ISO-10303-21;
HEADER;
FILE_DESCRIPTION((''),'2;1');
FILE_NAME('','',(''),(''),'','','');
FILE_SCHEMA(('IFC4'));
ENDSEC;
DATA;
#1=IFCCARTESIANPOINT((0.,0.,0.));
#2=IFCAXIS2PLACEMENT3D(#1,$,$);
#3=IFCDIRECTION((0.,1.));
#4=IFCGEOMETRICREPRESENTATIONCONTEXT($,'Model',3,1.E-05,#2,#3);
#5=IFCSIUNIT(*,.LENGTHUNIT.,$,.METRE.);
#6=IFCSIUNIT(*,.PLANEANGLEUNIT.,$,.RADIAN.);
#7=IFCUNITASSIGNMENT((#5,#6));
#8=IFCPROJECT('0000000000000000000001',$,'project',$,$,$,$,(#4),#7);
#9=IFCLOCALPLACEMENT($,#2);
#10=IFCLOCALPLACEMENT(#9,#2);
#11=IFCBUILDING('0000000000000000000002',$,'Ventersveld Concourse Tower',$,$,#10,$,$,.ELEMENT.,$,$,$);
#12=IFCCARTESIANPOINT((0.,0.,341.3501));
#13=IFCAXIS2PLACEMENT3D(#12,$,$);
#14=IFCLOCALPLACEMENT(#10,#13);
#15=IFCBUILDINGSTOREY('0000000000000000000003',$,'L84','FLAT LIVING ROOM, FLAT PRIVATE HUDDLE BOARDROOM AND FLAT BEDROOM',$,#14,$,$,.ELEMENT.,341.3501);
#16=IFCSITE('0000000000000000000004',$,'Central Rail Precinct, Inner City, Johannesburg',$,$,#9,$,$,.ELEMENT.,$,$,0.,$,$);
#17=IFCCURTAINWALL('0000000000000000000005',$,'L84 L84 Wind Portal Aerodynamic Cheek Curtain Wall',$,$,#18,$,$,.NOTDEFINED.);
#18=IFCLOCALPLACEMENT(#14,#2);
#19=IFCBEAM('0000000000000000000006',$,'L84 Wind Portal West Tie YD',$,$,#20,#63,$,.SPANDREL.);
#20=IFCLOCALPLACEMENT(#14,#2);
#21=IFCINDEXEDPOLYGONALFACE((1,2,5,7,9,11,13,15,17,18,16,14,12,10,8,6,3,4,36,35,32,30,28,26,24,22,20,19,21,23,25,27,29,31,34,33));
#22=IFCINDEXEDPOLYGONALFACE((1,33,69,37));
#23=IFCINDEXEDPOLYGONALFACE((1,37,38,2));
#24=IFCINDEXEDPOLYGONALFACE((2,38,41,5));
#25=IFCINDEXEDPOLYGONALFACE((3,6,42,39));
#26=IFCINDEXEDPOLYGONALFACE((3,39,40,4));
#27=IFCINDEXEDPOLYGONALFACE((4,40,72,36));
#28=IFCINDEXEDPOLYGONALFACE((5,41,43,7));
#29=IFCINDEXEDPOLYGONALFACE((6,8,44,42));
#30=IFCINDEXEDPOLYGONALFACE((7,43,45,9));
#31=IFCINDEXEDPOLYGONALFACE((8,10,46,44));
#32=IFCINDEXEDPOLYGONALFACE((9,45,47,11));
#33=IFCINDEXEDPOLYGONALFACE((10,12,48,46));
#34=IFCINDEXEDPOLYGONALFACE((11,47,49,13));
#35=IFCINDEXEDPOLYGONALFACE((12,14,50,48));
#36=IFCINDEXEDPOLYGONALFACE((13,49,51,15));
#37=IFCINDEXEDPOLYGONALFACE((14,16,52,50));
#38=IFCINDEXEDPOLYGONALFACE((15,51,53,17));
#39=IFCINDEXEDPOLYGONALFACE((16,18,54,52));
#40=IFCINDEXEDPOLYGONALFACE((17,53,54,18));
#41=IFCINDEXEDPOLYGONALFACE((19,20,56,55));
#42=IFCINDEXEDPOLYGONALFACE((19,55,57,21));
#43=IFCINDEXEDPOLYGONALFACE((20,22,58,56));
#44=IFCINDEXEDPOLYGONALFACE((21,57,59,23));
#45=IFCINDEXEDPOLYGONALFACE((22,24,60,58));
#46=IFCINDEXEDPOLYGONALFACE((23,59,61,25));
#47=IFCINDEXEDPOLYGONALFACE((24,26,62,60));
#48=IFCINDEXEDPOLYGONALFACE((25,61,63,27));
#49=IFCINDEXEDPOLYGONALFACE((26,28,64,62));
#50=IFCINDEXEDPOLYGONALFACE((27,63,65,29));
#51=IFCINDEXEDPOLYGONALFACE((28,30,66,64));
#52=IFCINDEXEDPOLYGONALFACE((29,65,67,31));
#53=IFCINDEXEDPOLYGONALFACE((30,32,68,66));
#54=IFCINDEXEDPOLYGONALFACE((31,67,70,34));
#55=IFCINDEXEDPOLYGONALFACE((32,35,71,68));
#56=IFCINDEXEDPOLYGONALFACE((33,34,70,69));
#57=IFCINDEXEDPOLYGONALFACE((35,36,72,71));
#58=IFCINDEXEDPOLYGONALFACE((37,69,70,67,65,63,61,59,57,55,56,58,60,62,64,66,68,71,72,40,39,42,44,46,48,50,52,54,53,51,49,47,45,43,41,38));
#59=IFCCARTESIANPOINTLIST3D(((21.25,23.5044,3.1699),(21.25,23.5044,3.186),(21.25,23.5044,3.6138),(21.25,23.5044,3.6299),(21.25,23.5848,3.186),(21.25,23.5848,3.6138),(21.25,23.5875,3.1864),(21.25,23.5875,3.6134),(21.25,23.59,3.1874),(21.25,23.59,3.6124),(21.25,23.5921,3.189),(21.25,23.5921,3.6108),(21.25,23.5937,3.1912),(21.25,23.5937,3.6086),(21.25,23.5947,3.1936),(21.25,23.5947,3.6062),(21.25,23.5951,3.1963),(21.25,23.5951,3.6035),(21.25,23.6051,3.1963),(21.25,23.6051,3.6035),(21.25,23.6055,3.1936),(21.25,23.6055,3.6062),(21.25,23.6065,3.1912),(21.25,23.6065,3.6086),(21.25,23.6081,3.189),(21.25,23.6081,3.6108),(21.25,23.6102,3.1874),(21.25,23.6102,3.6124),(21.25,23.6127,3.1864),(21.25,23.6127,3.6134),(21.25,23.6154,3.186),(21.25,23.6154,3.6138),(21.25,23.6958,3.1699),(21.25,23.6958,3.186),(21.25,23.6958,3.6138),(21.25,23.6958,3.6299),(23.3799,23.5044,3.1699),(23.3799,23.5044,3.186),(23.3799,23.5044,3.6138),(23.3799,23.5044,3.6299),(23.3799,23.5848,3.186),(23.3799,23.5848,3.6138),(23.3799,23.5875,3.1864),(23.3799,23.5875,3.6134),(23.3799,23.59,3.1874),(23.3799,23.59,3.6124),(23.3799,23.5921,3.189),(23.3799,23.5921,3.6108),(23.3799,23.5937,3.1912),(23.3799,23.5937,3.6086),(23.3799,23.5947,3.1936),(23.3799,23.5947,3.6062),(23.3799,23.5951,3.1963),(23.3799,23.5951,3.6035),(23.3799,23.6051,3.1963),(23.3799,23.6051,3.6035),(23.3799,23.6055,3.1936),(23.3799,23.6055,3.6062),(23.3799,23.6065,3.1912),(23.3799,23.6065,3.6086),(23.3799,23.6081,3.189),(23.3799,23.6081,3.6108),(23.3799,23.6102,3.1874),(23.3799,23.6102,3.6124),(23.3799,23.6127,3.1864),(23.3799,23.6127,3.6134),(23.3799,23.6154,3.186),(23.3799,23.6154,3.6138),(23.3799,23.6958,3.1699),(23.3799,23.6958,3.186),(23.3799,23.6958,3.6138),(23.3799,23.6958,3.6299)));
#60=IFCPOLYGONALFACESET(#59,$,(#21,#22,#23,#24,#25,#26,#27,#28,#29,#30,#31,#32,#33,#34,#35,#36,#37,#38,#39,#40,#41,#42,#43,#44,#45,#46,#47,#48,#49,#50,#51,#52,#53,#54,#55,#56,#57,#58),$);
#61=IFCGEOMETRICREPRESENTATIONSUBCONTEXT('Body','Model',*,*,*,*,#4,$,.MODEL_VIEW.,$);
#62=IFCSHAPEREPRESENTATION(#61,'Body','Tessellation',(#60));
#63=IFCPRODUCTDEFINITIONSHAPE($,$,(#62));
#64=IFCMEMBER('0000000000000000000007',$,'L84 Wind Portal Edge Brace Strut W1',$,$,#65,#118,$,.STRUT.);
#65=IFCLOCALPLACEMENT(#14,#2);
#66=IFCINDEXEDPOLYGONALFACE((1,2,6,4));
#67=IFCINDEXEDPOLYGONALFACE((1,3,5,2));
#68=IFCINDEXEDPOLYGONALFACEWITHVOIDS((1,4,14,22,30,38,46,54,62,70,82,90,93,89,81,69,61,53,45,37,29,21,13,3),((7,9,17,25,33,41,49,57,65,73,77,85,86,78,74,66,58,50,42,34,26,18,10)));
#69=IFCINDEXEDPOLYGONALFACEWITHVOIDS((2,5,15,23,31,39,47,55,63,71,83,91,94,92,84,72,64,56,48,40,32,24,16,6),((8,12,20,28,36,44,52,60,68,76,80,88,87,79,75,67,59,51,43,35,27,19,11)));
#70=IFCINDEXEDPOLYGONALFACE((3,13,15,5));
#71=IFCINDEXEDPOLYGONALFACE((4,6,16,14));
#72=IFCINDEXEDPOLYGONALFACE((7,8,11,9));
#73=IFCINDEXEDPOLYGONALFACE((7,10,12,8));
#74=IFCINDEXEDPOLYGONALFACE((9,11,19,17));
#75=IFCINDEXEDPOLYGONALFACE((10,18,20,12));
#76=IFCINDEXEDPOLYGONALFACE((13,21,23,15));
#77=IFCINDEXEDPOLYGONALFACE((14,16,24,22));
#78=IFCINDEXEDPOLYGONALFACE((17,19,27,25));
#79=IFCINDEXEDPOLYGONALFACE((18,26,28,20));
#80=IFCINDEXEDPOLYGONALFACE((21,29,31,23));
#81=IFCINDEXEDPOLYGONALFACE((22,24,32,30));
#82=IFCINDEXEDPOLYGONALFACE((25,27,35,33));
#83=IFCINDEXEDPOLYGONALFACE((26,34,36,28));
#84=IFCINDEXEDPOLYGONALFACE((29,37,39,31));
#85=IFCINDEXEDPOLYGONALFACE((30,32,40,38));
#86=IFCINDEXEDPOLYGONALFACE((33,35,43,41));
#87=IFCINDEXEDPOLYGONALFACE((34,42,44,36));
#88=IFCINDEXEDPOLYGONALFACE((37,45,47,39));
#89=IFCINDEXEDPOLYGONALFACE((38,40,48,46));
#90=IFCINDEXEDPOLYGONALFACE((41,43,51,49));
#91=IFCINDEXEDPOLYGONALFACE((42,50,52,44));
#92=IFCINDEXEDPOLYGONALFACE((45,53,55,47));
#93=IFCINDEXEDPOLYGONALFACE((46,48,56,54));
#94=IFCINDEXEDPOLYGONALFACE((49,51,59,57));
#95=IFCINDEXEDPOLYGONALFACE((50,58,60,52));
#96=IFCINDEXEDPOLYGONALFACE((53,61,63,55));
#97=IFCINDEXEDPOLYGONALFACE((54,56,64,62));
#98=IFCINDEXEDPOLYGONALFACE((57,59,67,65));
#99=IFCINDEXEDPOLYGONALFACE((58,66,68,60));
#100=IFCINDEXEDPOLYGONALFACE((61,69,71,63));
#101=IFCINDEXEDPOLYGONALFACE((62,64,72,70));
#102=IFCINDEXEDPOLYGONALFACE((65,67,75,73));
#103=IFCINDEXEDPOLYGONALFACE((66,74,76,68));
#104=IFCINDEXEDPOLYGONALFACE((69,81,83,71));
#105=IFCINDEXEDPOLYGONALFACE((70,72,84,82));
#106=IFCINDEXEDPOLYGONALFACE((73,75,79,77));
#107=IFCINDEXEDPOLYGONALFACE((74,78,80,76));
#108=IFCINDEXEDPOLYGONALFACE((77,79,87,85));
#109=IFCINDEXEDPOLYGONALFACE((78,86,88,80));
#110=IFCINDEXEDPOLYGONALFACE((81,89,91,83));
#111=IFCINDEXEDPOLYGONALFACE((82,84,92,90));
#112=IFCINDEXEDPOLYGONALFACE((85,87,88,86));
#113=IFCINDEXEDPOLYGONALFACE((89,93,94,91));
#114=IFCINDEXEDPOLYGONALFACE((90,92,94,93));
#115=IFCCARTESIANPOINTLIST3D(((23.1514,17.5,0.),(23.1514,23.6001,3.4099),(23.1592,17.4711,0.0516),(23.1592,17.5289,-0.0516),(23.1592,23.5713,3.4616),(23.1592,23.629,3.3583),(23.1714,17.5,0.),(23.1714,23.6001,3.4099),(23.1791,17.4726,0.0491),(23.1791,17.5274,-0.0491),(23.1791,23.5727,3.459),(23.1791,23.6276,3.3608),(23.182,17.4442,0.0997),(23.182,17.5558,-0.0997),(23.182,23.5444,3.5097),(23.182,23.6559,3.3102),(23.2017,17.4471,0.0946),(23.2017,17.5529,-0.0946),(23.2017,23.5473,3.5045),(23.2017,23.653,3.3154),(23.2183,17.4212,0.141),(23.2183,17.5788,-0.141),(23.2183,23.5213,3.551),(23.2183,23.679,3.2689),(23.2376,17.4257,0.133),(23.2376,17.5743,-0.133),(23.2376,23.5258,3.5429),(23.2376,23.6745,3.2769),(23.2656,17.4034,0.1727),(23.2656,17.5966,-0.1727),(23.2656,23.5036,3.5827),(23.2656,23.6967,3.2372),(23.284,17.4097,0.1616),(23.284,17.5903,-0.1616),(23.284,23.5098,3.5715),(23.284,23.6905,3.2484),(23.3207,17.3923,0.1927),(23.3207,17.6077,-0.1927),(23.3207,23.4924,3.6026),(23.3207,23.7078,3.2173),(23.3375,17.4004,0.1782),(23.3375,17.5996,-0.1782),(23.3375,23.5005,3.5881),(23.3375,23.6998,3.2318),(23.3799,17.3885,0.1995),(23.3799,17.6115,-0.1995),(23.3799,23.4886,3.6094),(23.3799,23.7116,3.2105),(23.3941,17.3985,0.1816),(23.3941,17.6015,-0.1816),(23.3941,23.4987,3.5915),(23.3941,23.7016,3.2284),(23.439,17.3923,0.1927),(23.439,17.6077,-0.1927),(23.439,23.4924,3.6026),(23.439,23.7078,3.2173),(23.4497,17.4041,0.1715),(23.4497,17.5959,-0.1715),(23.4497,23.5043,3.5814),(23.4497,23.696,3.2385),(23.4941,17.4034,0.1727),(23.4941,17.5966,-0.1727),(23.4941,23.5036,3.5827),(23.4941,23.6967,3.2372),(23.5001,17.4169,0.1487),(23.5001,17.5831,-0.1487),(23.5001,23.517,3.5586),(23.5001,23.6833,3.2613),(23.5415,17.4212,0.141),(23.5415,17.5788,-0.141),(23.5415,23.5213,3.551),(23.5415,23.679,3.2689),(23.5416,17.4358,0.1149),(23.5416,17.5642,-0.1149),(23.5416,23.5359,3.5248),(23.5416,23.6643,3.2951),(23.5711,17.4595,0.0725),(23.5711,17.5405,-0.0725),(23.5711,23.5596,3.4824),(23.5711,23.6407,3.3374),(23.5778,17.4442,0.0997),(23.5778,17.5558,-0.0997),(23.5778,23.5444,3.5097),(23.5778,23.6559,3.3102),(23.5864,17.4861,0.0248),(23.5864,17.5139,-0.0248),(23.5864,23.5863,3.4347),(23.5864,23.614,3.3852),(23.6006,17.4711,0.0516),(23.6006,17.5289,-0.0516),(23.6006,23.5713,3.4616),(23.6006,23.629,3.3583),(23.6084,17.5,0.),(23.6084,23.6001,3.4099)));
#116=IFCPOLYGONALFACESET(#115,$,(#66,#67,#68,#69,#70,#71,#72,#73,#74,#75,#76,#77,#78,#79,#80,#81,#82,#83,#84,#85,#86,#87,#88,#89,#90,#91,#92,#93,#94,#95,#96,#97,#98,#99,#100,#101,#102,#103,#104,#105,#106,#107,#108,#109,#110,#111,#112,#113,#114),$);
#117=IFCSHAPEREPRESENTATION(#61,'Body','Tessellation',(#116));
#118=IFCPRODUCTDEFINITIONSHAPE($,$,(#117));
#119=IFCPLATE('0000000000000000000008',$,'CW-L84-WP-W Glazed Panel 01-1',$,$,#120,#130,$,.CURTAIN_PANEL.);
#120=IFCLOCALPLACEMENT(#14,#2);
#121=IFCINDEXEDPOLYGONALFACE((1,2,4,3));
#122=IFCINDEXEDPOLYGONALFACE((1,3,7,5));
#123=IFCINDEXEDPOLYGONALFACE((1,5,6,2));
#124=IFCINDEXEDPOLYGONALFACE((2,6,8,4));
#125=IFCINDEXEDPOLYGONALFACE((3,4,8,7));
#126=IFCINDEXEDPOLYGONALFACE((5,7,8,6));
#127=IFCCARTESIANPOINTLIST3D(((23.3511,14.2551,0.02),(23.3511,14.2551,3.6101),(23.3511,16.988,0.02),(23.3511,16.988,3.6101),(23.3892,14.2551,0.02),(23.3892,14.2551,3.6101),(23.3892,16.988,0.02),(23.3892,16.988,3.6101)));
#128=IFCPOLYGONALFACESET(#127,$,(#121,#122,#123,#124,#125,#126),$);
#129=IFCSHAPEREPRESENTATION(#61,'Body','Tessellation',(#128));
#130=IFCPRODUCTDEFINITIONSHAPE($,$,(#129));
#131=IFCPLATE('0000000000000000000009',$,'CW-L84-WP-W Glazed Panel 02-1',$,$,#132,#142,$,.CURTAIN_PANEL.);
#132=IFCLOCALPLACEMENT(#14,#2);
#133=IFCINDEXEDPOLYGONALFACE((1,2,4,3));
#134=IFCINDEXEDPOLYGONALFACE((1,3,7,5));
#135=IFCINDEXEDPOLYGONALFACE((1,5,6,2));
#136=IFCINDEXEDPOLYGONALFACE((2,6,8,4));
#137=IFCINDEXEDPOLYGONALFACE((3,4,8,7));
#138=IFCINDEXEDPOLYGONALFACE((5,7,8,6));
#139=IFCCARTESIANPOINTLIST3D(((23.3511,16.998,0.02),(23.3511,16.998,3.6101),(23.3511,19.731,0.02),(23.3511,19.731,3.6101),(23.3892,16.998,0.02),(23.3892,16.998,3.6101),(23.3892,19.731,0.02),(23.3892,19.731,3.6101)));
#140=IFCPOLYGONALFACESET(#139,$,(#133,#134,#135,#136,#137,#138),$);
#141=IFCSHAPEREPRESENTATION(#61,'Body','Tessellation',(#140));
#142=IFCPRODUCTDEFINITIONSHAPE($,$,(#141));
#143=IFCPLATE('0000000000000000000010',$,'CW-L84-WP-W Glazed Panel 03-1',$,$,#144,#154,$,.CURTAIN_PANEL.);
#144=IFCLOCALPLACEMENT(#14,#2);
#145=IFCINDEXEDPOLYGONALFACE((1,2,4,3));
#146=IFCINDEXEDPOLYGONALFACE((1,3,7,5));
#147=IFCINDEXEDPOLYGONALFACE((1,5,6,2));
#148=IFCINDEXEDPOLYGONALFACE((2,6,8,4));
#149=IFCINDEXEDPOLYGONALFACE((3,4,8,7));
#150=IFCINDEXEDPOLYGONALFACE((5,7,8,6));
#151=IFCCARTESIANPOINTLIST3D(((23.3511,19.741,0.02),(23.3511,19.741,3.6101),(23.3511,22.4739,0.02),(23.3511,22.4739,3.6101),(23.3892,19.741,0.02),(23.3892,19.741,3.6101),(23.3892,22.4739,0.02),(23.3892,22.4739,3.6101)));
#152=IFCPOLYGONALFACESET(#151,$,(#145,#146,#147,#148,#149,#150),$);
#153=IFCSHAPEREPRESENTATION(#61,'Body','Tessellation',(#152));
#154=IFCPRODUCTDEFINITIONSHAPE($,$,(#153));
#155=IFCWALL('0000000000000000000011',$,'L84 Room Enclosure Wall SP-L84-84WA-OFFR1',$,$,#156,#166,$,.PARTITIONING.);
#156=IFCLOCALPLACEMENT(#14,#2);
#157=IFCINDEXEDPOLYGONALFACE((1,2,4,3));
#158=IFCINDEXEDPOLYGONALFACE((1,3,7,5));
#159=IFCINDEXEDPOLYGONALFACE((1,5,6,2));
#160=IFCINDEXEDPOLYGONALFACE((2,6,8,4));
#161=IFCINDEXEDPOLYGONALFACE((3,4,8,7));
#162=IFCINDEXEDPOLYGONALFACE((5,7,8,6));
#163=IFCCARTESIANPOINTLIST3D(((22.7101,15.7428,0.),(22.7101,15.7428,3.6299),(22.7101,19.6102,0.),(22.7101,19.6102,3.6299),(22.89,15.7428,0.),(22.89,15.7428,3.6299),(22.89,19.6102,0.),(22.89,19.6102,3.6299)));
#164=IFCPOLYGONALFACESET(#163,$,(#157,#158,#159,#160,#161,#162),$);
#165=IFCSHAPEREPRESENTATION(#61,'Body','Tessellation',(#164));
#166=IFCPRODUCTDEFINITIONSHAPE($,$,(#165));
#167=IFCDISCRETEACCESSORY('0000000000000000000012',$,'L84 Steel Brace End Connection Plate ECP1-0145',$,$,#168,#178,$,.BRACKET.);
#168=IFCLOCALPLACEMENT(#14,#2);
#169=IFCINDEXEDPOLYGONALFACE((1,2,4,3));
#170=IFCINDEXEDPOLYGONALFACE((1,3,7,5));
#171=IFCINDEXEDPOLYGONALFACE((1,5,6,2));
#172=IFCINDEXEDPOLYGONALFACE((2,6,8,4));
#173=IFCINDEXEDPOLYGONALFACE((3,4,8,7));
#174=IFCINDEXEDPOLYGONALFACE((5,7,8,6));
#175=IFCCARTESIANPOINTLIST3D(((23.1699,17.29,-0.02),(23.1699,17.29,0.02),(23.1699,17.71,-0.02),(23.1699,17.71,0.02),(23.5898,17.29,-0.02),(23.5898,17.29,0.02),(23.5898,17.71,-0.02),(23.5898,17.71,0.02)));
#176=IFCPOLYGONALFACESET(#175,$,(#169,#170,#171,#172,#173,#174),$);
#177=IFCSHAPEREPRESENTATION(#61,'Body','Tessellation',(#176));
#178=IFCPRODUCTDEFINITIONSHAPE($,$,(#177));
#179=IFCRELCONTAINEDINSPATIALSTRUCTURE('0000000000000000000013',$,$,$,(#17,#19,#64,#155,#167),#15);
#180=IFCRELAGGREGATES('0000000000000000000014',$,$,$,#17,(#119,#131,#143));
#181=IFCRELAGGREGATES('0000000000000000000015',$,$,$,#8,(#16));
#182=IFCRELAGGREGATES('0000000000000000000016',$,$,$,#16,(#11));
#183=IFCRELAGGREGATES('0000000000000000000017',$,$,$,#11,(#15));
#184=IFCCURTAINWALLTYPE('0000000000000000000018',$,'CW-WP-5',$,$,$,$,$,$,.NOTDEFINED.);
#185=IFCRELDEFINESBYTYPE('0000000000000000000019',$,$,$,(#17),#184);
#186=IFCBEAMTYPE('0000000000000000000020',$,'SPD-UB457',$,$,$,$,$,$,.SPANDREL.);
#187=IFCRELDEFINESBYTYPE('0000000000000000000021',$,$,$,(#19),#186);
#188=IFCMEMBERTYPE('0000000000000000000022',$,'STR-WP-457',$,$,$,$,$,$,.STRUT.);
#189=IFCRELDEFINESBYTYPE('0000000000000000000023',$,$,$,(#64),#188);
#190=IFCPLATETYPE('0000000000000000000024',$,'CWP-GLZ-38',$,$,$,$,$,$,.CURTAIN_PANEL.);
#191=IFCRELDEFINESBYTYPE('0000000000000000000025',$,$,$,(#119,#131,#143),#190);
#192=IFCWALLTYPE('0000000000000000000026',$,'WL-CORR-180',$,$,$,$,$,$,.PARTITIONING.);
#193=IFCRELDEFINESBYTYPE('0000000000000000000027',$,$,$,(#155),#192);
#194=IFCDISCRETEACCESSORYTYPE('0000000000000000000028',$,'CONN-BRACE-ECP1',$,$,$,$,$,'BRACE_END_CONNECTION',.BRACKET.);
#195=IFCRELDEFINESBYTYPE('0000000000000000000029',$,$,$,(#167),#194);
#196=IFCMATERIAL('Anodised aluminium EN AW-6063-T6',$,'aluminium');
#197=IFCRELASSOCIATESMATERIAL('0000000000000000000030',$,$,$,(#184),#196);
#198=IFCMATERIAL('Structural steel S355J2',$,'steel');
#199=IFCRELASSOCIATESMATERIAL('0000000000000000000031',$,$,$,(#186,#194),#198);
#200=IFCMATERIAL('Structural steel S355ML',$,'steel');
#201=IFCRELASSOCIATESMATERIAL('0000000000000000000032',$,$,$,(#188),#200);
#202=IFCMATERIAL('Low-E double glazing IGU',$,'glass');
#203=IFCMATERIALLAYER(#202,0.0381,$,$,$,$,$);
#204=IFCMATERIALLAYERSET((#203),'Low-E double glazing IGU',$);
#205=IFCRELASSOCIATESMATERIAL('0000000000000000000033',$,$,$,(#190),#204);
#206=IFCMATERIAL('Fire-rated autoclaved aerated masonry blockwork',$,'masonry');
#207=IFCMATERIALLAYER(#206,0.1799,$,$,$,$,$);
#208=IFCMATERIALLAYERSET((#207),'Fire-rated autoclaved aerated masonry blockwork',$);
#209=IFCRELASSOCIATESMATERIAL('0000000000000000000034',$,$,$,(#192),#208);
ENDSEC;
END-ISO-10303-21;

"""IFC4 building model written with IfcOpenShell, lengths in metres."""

from ifc_helpers import new_model, si_unit, direction, frame, frame_2d, origin, origin_2d, place, context, subcontext, project, spatial, rectangle, hollow_circle, i_section, extrude, material, layer, layer_set, material_profile, profile_set, type_object, element, aggregate, save


model = new_model("IFC4")

# Units and contexts
model_context = context("Model", 3, precision=1e-05, world=origin(), true_north=direction((0.0, 1.0)))
body_context = subcontext(model_context, "Body", "Model", "MODEL_VIEW")
ifc_project = project(units=[si_unit("LENGTHUNIT", "METRE"), si_unit("PLANEANGLEUNIT", "RADIAN")], contexts=[model_context])

# Site, building, storey
site_placement = place(None, origin())
site = spatial("IfcSite", under=ifc_project, at=site_placement, Name="Central Rail Precinct, Inner City, Johannesburg", CompositionType="ELEMENT", RefElevation=0.0)
building_placement = place(site_placement, origin())
building = spatial("IfcBuilding", under=site, at=building_placement, Name="Ventersveld Concourse Tower", CompositionType="ELEMENT")
storey_placement = place(building_placement, frame((0.0, 0.0, 341.3501)))
storey = spatial("IfcBuildingStorey", under=building, at=storey_placement, Name="L84", Description="FLAT LIVING ROOM, FLAT PRIVATE HUDDLE BOARDROOM AND FLAT BEDROOM", CompositionType="ELEMENT", Elevation=341.3501)

# Curtain wall
ifc_material_1 = material(Name="Anodised aluminium EN AW-6063-T6", Category="aluminium")
curtain_wall_type = type_object("IfcCurtainWallType", Name="CW-WP-5", PredefinedType="NOTDEFINED", material=ifc_material_1)
curtain_wall_placement = place(storey_placement, origin())
curtain_wall = element("IfcCurtainWall", 1, at=curtain_wall_placement, inside=storey, type_object=curtain_wall_type, Name="L84 L84 Wind Portal Aerodynamic Cheek Curtain Wall", PredefinedType="NOTDEFINED")

# Beam
ifc_material_2 = material(Name="Structural steel S355J2", Category="steel")
ifc_material_profile_1 = material_profile(ifc_material_2, i_section(OverallWidth=0.1914, OverallDepth=0.46, WebThickness=0.01, FlangeThickness=0.0161, FilletRadius=0.0103, at=origin_2d()), Name="UB 457x191x82")
ifc_profile_set_1 = profile_set([ifc_material_profile_1], Name="Structural steel S355J2")
beam_type = type_object("IfcBeamType", Name="SPD-UB457", PredefinedType="SPANDREL", material=ifc_profile_set_1)
beam_placement = place(storey_placement, frame((21.25, 23.6001, 3.3999), z_axis=(1.0, 0.0, 0.0), x_axis=(0.0, 1.0, 0.0)))
element("IfcBeam", 2, at=beam_placement, inside=storey, type_object=beam_type, Name="L84 Wind Portal West Tie YD", PredefinedType="SPANDREL", context=body_context, shape_type="SweptSolid", body=[
    extrude(i_section(OverallWidth=0.1914, OverallDepth=0.46, WebThickness=0.01, FlangeThickness=0.0161, FilletRadius=0.0103, at=origin_2d()), origin(), (0.0, 0.0, 1.0), 2.1299),
])

# Member
ifc_material_3 = material(Name="Structural steel S355ML", Category="steel")
ifc_material_profile_2 = material_profile(ifc_material_3, hollow_circle(Radius=0.2285, WallThickness=0.02, at=origin_2d()), Name="CHS 457x20")
ifc_profile_set_2 = profile_set([ifc_material_profile_2], Name="Structural steel S355ML")
member_type_1 = type_object("IfcMemberType", Name="STR-WP-457", PredefinedType="STRUT", material=ifc_profile_set_2)
member_1_placement = place(storey_placement, frame((23.3799, 17.5, 0.0), z_axis=(0.0, 0.87288, 0.487934), x_axis=(-1.0, 0.0, 0.0)))
element("IfcMember", 3, at=member_1_placement, inside=storey, type_object=member_type_1, Name="L84 Wind Portal Edge Brace Strut W1", PredefinedType="STRUT", context=body_context, shape_type="SweptSolid", body=[
    extrude(hollow_circle(Radius=0.2285, WallThickness=0.02, at=origin_2d()), origin(), (0.0, 0.0, 1.0), 6.9885),
])

# Plates
ifc_material_4 = material(Name="Low-E double glazing IGU", Category="glass")
ifc_layer_1 = layer(ifc_material_4, 0.0381)
ifc_layer_set_1 = layer_set([ifc_layer_1], Name="Low-E double glazing IGU")
plate_type = type_object("IfcPlateType", Name="CWP-GLZ-38", PredefinedType="CURTAIN_PANEL", material=ifc_layer_set_1)
plate_1_placement = place(storey_placement, frame((23.3701, 15.6216, 0.02), z_axis=(0.0, 0.0, 1.0), x_axis=(0.0, 1.0, 0.0)))
plate_1 = element("IfcPlate", 4, at=plate_1_placement, type_object=plate_type, Name="CW-L84-WP-W Glazed Panel 01-1", PredefinedType="CURTAIN_PANEL", context=body_context, shape_type="SweptSolid", body=[
    extrude(rectangle(XDim=2.7329, YDim=0.0381, at=origin_2d()), origin(), (0.0, 0.0, 1.0), 3.5901),
])
plate_2_placement = place(storey_placement, frame((23.3701, 18.3645, 0.02), z_axis=(0.0, 0.0, 1.0), x_axis=(0.0, 1.0, 0.0)))
plate_2 = element("IfcPlate", 5, at=plate_2_placement, type_object=plate_type, Name="CW-L84-WP-W Glazed Panel 02-1", PredefinedType="CURTAIN_PANEL", context=body_context, shape_type="SweptSolid", body=[
    extrude(rectangle(XDim=2.7329, YDim=0.0381, at=origin_2d()), origin(), (0.0, 0.0, 1.0), 3.5901),
])
plate_3_placement = place(storey_placement, frame((23.3701, 21.1074, 0.02), z_axis=(0.0, 0.0, 1.0), x_axis=(0.0, 1.0, 0.0)))
plate_3 = element("IfcPlate", 6, at=plate_3_placement, type_object=plate_type, Name="CW-L84-WP-W Glazed Panel 03-1", PredefinedType="CURTAIN_PANEL", context=body_context, shape_type="SweptSolid", body=[
    extrude(rectangle(XDim=2.7329, YDim=0.0381, at=origin_2d()), origin(), (0.0, 0.0, 1.0), 3.5901),
])
aggregate(curtain_wall, [plate_1, plate_2, plate_3])

# Wall
ifc_material_5 = material(Name="Fire-rated autoclaved aerated masonry blockwork", Category="masonry")
ifc_layer_2 = layer(ifc_material_5, 0.1799)
ifc_layer_set_2 = layer_set([ifc_layer_2], Name="Fire-rated autoclaved aerated masonry blockwork")
wall_type = type_object("IfcWallType", Name="WL-CORR-180", PredefinedType="PARTITIONING", material=ifc_layer_set_2)
wall_placement = place(storey_placement, frame((22.8, 19.6101, 0.0), z_axis=(0.0, 0.0, 1.0), x_axis=(0.0, -1.0, 0.0)))
element("IfcWall", 7, at=wall_placement, inside=storey, type_object=wall_type, Name="L84 Room Enclosure Wall SP-L84-84WA-OFFR1", PredefinedType="PARTITIONING", context=body_context, shape_type="SweptSolid", body=[
    extrude(rectangle(XDim=3.8674, YDim=0.1799, at=frame_2d((1.9336, 0.0))), origin(), (0.0, 0.0, 1.0), 3.6299),
])

# Discrete accessory
discrete_accessory_type = type_object("IfcDiscreteAccessoryType", Name="CONN-BRACE-ECP1", ElementType="BRACE_END_CONNECTION", PredefinedType="BRACKET", material=ifc_material_2)
discrete_accessory_placement = place(storey_placement, frame((23.3799, 17.5, -0.02), z_axis=(0.0, 0.0, 1.0), x_axis=(1.0, 0.0, 0.0)))
element("IfcDiscreteAccessory", 8, at=discrete_accessory_placement, inside=storey, type_object=discrete_accessory_type, Name="L84 Steel Brace End Connection Plate ECP1-0145", PredefinedType="BRACKET", context=body_context, shape_type="SweptSolid", body=[
    extrude(rectangle(XDim=0.4199, YDim=0.4199, at=origin_2d()), origin(), (0.0, 0.0, 1.0), 0.04),
])

save(model, "model.ifc")
